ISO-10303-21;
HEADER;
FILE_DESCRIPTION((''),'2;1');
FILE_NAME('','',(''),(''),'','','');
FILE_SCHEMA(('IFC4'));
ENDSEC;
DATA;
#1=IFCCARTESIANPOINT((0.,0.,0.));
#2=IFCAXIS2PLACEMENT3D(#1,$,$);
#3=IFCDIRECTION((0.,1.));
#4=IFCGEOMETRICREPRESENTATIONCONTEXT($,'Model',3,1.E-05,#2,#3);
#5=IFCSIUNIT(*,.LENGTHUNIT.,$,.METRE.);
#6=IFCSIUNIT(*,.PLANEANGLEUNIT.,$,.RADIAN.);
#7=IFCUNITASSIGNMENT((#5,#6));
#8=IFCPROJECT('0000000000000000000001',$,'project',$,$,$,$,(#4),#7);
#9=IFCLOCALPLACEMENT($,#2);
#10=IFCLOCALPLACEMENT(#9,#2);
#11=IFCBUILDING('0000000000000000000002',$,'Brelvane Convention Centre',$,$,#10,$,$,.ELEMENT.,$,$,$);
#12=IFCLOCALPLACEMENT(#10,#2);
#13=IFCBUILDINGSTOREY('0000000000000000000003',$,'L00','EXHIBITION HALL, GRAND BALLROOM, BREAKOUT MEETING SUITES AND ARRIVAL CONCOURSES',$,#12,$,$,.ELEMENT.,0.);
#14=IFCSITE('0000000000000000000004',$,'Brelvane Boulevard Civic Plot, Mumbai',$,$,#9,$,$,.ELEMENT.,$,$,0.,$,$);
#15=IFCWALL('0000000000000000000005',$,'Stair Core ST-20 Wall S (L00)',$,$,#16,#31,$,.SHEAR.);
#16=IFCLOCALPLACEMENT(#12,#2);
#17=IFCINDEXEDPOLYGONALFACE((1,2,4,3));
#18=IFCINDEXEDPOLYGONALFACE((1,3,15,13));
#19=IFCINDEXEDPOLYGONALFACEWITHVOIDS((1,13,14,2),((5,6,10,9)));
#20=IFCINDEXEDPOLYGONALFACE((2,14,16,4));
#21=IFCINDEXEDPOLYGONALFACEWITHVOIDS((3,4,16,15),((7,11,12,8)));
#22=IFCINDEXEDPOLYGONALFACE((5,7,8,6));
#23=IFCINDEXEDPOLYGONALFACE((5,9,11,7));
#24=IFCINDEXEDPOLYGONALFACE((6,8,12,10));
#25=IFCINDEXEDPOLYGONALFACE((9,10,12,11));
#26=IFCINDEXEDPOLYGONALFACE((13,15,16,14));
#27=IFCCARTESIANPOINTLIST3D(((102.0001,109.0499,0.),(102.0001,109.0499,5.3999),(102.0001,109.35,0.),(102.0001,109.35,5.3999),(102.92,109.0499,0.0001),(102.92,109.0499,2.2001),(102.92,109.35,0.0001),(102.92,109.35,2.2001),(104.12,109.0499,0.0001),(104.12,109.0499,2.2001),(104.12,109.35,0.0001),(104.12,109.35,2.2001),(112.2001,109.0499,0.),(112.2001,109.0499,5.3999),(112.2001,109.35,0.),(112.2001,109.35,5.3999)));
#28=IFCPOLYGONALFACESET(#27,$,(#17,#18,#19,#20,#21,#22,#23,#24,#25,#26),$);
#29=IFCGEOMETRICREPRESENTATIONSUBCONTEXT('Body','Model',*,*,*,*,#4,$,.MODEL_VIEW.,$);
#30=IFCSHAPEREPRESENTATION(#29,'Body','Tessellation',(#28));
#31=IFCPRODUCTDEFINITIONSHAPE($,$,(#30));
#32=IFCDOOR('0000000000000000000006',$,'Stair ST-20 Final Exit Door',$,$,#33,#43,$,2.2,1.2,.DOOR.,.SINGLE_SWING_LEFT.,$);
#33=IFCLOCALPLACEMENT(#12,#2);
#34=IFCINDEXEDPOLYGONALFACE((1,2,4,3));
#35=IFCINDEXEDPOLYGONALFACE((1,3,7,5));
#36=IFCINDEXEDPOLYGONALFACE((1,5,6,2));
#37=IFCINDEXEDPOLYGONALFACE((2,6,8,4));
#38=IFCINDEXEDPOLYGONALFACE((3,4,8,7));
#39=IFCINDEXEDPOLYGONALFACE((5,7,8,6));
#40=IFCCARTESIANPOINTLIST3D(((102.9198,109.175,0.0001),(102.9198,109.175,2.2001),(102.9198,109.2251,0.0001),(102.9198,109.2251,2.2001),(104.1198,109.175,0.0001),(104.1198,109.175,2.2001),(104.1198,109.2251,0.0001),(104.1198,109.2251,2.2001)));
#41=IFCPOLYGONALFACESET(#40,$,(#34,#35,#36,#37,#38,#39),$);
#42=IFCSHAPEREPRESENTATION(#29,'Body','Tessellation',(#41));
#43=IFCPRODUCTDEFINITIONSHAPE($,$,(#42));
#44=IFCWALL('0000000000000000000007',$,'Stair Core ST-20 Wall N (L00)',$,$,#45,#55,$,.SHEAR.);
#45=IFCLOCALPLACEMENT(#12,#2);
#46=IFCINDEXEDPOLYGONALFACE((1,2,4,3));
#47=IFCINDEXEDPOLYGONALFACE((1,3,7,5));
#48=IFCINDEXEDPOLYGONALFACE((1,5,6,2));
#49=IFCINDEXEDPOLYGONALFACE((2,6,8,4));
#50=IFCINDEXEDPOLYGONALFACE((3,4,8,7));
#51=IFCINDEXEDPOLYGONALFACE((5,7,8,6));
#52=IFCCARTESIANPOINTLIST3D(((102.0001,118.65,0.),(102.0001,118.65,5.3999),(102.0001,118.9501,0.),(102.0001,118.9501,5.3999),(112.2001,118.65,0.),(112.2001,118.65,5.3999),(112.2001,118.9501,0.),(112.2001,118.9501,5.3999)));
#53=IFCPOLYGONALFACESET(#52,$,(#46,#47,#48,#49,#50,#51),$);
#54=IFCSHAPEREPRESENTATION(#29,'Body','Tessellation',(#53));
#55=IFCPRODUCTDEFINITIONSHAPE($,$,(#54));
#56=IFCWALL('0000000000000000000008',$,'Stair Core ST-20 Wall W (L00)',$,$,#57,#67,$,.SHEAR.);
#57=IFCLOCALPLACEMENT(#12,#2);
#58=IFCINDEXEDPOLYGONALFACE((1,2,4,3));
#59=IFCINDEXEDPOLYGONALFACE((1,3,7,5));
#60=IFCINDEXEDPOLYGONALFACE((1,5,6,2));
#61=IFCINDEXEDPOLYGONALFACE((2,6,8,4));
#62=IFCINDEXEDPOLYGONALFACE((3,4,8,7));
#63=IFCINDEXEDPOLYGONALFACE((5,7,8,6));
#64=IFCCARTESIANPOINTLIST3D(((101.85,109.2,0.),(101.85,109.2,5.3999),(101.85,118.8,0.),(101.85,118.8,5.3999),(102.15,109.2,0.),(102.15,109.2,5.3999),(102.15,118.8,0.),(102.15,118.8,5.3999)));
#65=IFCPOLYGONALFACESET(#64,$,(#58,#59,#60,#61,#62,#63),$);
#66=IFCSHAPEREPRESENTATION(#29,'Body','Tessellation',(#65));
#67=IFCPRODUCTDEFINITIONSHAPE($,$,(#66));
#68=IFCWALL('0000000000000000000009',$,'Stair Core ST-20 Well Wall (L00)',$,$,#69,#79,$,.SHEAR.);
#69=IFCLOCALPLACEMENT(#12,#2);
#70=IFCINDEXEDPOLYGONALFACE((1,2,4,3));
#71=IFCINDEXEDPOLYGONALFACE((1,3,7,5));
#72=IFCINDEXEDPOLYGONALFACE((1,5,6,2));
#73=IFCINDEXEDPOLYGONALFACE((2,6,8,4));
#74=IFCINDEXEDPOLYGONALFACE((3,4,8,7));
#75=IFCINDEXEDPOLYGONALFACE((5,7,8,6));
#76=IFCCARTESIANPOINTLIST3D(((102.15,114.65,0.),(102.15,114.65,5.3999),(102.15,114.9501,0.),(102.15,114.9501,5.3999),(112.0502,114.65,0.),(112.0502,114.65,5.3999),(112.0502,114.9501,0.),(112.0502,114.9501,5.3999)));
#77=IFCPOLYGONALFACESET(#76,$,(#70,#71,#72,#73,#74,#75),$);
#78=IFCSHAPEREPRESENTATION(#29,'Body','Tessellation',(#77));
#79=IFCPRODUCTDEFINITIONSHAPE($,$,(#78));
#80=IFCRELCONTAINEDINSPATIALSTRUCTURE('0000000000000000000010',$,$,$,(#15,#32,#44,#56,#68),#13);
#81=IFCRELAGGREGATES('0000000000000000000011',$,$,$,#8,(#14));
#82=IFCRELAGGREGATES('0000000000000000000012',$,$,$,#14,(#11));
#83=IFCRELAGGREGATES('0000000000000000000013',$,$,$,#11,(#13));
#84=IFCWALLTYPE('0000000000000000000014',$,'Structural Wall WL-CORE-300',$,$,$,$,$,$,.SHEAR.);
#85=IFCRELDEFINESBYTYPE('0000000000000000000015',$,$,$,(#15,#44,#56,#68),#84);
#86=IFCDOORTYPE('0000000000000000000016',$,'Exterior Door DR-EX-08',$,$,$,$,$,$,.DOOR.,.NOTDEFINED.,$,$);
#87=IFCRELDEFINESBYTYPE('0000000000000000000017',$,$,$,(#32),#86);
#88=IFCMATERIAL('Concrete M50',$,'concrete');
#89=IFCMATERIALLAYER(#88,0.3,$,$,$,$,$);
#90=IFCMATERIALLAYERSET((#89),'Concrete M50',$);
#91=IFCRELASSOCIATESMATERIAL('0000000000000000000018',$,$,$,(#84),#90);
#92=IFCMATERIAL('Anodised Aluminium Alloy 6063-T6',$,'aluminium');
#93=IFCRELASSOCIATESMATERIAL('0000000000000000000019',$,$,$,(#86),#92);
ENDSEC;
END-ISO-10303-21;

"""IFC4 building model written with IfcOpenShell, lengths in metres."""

from ifc_helpers import new_model, si_unit, direction, frame, frame_2d, origin, place, context, subcontext, project, spatial, rectangle, extrude, material, layer, layer_set, type_object, element, fill, save


model = new_model("IFC4")

# Units and contexts
model_context = context("Model", 3, precision=1e-05, world=origin(), true_north=direction((0.0, 1.0)))
body_context = subcontext(model_context, "Body", "Model", "MODEL_VIEW")
ifc_project = project(units=[si_unit("LENGTHUNIT", "METRE"), si_unit("PLANEANGLEUNIT", "RADIAN")], contexts=[model_context])

# Site, building, storey
site_placement = place(None, origin())
site = spatial("IfcSite", under=ifc_project, at=site_placement, Name="Brelvane Boulevard Civic Plot, Mumbai", CompositionType="ELEMENT", RefElevation=0.0)
building_placement = place(site_placement, origin())
building = spatial("IfcBuilding", under=site, at=building_placement, Name="Brelvane Convention Centre", CompositionType="ELEMENT")
storey_placement = place(building_placement, origin())
storey = spatial("IfcBuildingStorey", under=building, at=storey_placement, Name="L00", Description="EXHIBITION HALL, GRAND BALLROOM, BREAKOUT MEETING SUITES AND ARRIVAL CONCOURSES", CompositionType="ELEMENT", Elevation=0.0)

# Wall, opening, door
ifc_material_1 = material(Name="Concrete M50", Category="concrete")
ifc_layer = layer(ifc_material_1, 0.3)
ifc_layer_set = layer_set([ifc_layer], Name="Concrete M50")
wall_type = type_object("IfcWallType", Name="Structural Wall WL-CORE-300", PredefinedType="SHEAR", material=ifc_layer_set)
wall_1_placement = place(storey_placement, frame((102.0, 109.2, 0.0), z_axis=(0.0, 0.0, 1.0), x_axis=(1.0, 0.0, 0.0)))
wall_1 = element("IfcWall", 1, at=wall_1_placement, inside=storey, type_object=wall_type, Name="Stair Core ST-20 Wall S (L00)", PredefinedType="SHEAR", context=body_context, shape_type="SweptSolid", body=[
    extrude(rectangle(XDim=10.2, YDim=0.3, at=frame_2d((5.1001, 0.0))), origin(), (0.0, 0.0, 1.0), 5.3999),
])
opening_placement = place(wall_1_placement, frame((0.9199, 0.0, 0.0)))
opening = element("IfcOpeningElement", 2, at=opening_placement, cuts=wall_1, PredefinedType="OPENING", context=body_context, shape_type="SweptSolid", body=[
    extrude(rectangle(XDim=1.2, YDim=2.2, at=frame_2d((0.6001, 1.1001))), frame((0.0, 0.1599, 0.0), z_axis=(0.0, -1.0, 0.0), x_axis=(1.0, 0.0, 0.0)), (0.0, 0.0, 1.0), 0.3201),
])
ifc_material_2 = material(Name="Anodised Aluminium Alloy 6063-T6", Category="aluminium")
door_type = type_object("IfcDoorType", Name="Exterior Door DR-EX-08", OperationType="NOTDEFINED", PredefinedType="DOOR", material=ifc_material_2)
door_placement = place(opening_placement, frame((1.2, 0.0, 0.0), z_axis=(0.0, 0.0, 1.0), x_axis=(-1.0, 0.0, 0.0)))
door = element("IfcDoor", 3, at=door_placement, inside=storey, type_object=door_type, Name="Stair ST-20 Final Exit Door", OperationType="SINGLE_SWING_LEFT", OverallHeight=2.2, OverallWidth=1.2, PredefinedType="DOOR", context=body_context, shape_type="SweptSolid", body=[
    extrude(rectangle(XDim=1.2, YDim=2.2, at=frame_2d((0.6001, 1.1001))), frame((0.0, 0.0249, 0.0), z_axis=(0.0, -1.0, 0.0), x_axis=(1.0, 0.0, 0.0)), (0.0, 0.0, 1.0), 0.05),
])
fill(opening, door)

# Walls
wall_2_placement = place(storey_placement, frame((102.0, 118.8, 0.0), z_axis=(0.0, 0.0, 1.0), x_axis=(1.0, 0.0, 0.0)))
element("IfcWall", 4, at=wall_2_placement, inside=storey, type_object=wall_type, Name="Stair Core ST-20 Wall N (L00)", PredefinedType="SHEAR", context=body_context, shape_type="SweptSolid", body=[
    extrude(rectangle(XDim=10.2, YDim=0.3, at=frame_2d((5.1001, 0.0))), origin(), (0.0, 0.0, 1.0), 5.3999),
])
wall_3_placement = place(storey_placement, frame((102.0, 109.2, 0.0), z_axis=(0.0, 0.0, 1.0), x_axis=(0.0, 1.0, 0.0)))
element("IfcWall", 5, at=wall_3_placement, inside=storey, type_object=wall_type, Name="Stair Core ST-20 Wall W (L00)", PredefinedType="SHEAR", context=body_context, shape_type="SweptSolid", body=[
    extrude(rectangle(XDim=9.6001, YDim=0.3, at=frame_2d((4.8, 0.0))), origin(), (0.0, 0.0, 1.0), 5.3999),
])
wall_4_placement = place(storey_placement, frame((102.1499, 114.8, 0.0), z_axis=(0.0, 0.0, 1.0), x_axis=(1.0, 0.0, 0.0)))
element("IfcWall", 6, at=wall_4_placement, inside=storey, type_object=wall_type, Name="Stair Core ST-20 Well Wall (L00)", PredefinedType="SHEAR", context=body_context, shape_type="SweptSolid", body=[
    extrude(rectangle(XDim=9.9001, YDim=0.3, at=frame_2d((4.9502, 0.0))), origin(), (0.0, 0.0, 1.0), 5.3999),
])

save(model, "model.ifc")
